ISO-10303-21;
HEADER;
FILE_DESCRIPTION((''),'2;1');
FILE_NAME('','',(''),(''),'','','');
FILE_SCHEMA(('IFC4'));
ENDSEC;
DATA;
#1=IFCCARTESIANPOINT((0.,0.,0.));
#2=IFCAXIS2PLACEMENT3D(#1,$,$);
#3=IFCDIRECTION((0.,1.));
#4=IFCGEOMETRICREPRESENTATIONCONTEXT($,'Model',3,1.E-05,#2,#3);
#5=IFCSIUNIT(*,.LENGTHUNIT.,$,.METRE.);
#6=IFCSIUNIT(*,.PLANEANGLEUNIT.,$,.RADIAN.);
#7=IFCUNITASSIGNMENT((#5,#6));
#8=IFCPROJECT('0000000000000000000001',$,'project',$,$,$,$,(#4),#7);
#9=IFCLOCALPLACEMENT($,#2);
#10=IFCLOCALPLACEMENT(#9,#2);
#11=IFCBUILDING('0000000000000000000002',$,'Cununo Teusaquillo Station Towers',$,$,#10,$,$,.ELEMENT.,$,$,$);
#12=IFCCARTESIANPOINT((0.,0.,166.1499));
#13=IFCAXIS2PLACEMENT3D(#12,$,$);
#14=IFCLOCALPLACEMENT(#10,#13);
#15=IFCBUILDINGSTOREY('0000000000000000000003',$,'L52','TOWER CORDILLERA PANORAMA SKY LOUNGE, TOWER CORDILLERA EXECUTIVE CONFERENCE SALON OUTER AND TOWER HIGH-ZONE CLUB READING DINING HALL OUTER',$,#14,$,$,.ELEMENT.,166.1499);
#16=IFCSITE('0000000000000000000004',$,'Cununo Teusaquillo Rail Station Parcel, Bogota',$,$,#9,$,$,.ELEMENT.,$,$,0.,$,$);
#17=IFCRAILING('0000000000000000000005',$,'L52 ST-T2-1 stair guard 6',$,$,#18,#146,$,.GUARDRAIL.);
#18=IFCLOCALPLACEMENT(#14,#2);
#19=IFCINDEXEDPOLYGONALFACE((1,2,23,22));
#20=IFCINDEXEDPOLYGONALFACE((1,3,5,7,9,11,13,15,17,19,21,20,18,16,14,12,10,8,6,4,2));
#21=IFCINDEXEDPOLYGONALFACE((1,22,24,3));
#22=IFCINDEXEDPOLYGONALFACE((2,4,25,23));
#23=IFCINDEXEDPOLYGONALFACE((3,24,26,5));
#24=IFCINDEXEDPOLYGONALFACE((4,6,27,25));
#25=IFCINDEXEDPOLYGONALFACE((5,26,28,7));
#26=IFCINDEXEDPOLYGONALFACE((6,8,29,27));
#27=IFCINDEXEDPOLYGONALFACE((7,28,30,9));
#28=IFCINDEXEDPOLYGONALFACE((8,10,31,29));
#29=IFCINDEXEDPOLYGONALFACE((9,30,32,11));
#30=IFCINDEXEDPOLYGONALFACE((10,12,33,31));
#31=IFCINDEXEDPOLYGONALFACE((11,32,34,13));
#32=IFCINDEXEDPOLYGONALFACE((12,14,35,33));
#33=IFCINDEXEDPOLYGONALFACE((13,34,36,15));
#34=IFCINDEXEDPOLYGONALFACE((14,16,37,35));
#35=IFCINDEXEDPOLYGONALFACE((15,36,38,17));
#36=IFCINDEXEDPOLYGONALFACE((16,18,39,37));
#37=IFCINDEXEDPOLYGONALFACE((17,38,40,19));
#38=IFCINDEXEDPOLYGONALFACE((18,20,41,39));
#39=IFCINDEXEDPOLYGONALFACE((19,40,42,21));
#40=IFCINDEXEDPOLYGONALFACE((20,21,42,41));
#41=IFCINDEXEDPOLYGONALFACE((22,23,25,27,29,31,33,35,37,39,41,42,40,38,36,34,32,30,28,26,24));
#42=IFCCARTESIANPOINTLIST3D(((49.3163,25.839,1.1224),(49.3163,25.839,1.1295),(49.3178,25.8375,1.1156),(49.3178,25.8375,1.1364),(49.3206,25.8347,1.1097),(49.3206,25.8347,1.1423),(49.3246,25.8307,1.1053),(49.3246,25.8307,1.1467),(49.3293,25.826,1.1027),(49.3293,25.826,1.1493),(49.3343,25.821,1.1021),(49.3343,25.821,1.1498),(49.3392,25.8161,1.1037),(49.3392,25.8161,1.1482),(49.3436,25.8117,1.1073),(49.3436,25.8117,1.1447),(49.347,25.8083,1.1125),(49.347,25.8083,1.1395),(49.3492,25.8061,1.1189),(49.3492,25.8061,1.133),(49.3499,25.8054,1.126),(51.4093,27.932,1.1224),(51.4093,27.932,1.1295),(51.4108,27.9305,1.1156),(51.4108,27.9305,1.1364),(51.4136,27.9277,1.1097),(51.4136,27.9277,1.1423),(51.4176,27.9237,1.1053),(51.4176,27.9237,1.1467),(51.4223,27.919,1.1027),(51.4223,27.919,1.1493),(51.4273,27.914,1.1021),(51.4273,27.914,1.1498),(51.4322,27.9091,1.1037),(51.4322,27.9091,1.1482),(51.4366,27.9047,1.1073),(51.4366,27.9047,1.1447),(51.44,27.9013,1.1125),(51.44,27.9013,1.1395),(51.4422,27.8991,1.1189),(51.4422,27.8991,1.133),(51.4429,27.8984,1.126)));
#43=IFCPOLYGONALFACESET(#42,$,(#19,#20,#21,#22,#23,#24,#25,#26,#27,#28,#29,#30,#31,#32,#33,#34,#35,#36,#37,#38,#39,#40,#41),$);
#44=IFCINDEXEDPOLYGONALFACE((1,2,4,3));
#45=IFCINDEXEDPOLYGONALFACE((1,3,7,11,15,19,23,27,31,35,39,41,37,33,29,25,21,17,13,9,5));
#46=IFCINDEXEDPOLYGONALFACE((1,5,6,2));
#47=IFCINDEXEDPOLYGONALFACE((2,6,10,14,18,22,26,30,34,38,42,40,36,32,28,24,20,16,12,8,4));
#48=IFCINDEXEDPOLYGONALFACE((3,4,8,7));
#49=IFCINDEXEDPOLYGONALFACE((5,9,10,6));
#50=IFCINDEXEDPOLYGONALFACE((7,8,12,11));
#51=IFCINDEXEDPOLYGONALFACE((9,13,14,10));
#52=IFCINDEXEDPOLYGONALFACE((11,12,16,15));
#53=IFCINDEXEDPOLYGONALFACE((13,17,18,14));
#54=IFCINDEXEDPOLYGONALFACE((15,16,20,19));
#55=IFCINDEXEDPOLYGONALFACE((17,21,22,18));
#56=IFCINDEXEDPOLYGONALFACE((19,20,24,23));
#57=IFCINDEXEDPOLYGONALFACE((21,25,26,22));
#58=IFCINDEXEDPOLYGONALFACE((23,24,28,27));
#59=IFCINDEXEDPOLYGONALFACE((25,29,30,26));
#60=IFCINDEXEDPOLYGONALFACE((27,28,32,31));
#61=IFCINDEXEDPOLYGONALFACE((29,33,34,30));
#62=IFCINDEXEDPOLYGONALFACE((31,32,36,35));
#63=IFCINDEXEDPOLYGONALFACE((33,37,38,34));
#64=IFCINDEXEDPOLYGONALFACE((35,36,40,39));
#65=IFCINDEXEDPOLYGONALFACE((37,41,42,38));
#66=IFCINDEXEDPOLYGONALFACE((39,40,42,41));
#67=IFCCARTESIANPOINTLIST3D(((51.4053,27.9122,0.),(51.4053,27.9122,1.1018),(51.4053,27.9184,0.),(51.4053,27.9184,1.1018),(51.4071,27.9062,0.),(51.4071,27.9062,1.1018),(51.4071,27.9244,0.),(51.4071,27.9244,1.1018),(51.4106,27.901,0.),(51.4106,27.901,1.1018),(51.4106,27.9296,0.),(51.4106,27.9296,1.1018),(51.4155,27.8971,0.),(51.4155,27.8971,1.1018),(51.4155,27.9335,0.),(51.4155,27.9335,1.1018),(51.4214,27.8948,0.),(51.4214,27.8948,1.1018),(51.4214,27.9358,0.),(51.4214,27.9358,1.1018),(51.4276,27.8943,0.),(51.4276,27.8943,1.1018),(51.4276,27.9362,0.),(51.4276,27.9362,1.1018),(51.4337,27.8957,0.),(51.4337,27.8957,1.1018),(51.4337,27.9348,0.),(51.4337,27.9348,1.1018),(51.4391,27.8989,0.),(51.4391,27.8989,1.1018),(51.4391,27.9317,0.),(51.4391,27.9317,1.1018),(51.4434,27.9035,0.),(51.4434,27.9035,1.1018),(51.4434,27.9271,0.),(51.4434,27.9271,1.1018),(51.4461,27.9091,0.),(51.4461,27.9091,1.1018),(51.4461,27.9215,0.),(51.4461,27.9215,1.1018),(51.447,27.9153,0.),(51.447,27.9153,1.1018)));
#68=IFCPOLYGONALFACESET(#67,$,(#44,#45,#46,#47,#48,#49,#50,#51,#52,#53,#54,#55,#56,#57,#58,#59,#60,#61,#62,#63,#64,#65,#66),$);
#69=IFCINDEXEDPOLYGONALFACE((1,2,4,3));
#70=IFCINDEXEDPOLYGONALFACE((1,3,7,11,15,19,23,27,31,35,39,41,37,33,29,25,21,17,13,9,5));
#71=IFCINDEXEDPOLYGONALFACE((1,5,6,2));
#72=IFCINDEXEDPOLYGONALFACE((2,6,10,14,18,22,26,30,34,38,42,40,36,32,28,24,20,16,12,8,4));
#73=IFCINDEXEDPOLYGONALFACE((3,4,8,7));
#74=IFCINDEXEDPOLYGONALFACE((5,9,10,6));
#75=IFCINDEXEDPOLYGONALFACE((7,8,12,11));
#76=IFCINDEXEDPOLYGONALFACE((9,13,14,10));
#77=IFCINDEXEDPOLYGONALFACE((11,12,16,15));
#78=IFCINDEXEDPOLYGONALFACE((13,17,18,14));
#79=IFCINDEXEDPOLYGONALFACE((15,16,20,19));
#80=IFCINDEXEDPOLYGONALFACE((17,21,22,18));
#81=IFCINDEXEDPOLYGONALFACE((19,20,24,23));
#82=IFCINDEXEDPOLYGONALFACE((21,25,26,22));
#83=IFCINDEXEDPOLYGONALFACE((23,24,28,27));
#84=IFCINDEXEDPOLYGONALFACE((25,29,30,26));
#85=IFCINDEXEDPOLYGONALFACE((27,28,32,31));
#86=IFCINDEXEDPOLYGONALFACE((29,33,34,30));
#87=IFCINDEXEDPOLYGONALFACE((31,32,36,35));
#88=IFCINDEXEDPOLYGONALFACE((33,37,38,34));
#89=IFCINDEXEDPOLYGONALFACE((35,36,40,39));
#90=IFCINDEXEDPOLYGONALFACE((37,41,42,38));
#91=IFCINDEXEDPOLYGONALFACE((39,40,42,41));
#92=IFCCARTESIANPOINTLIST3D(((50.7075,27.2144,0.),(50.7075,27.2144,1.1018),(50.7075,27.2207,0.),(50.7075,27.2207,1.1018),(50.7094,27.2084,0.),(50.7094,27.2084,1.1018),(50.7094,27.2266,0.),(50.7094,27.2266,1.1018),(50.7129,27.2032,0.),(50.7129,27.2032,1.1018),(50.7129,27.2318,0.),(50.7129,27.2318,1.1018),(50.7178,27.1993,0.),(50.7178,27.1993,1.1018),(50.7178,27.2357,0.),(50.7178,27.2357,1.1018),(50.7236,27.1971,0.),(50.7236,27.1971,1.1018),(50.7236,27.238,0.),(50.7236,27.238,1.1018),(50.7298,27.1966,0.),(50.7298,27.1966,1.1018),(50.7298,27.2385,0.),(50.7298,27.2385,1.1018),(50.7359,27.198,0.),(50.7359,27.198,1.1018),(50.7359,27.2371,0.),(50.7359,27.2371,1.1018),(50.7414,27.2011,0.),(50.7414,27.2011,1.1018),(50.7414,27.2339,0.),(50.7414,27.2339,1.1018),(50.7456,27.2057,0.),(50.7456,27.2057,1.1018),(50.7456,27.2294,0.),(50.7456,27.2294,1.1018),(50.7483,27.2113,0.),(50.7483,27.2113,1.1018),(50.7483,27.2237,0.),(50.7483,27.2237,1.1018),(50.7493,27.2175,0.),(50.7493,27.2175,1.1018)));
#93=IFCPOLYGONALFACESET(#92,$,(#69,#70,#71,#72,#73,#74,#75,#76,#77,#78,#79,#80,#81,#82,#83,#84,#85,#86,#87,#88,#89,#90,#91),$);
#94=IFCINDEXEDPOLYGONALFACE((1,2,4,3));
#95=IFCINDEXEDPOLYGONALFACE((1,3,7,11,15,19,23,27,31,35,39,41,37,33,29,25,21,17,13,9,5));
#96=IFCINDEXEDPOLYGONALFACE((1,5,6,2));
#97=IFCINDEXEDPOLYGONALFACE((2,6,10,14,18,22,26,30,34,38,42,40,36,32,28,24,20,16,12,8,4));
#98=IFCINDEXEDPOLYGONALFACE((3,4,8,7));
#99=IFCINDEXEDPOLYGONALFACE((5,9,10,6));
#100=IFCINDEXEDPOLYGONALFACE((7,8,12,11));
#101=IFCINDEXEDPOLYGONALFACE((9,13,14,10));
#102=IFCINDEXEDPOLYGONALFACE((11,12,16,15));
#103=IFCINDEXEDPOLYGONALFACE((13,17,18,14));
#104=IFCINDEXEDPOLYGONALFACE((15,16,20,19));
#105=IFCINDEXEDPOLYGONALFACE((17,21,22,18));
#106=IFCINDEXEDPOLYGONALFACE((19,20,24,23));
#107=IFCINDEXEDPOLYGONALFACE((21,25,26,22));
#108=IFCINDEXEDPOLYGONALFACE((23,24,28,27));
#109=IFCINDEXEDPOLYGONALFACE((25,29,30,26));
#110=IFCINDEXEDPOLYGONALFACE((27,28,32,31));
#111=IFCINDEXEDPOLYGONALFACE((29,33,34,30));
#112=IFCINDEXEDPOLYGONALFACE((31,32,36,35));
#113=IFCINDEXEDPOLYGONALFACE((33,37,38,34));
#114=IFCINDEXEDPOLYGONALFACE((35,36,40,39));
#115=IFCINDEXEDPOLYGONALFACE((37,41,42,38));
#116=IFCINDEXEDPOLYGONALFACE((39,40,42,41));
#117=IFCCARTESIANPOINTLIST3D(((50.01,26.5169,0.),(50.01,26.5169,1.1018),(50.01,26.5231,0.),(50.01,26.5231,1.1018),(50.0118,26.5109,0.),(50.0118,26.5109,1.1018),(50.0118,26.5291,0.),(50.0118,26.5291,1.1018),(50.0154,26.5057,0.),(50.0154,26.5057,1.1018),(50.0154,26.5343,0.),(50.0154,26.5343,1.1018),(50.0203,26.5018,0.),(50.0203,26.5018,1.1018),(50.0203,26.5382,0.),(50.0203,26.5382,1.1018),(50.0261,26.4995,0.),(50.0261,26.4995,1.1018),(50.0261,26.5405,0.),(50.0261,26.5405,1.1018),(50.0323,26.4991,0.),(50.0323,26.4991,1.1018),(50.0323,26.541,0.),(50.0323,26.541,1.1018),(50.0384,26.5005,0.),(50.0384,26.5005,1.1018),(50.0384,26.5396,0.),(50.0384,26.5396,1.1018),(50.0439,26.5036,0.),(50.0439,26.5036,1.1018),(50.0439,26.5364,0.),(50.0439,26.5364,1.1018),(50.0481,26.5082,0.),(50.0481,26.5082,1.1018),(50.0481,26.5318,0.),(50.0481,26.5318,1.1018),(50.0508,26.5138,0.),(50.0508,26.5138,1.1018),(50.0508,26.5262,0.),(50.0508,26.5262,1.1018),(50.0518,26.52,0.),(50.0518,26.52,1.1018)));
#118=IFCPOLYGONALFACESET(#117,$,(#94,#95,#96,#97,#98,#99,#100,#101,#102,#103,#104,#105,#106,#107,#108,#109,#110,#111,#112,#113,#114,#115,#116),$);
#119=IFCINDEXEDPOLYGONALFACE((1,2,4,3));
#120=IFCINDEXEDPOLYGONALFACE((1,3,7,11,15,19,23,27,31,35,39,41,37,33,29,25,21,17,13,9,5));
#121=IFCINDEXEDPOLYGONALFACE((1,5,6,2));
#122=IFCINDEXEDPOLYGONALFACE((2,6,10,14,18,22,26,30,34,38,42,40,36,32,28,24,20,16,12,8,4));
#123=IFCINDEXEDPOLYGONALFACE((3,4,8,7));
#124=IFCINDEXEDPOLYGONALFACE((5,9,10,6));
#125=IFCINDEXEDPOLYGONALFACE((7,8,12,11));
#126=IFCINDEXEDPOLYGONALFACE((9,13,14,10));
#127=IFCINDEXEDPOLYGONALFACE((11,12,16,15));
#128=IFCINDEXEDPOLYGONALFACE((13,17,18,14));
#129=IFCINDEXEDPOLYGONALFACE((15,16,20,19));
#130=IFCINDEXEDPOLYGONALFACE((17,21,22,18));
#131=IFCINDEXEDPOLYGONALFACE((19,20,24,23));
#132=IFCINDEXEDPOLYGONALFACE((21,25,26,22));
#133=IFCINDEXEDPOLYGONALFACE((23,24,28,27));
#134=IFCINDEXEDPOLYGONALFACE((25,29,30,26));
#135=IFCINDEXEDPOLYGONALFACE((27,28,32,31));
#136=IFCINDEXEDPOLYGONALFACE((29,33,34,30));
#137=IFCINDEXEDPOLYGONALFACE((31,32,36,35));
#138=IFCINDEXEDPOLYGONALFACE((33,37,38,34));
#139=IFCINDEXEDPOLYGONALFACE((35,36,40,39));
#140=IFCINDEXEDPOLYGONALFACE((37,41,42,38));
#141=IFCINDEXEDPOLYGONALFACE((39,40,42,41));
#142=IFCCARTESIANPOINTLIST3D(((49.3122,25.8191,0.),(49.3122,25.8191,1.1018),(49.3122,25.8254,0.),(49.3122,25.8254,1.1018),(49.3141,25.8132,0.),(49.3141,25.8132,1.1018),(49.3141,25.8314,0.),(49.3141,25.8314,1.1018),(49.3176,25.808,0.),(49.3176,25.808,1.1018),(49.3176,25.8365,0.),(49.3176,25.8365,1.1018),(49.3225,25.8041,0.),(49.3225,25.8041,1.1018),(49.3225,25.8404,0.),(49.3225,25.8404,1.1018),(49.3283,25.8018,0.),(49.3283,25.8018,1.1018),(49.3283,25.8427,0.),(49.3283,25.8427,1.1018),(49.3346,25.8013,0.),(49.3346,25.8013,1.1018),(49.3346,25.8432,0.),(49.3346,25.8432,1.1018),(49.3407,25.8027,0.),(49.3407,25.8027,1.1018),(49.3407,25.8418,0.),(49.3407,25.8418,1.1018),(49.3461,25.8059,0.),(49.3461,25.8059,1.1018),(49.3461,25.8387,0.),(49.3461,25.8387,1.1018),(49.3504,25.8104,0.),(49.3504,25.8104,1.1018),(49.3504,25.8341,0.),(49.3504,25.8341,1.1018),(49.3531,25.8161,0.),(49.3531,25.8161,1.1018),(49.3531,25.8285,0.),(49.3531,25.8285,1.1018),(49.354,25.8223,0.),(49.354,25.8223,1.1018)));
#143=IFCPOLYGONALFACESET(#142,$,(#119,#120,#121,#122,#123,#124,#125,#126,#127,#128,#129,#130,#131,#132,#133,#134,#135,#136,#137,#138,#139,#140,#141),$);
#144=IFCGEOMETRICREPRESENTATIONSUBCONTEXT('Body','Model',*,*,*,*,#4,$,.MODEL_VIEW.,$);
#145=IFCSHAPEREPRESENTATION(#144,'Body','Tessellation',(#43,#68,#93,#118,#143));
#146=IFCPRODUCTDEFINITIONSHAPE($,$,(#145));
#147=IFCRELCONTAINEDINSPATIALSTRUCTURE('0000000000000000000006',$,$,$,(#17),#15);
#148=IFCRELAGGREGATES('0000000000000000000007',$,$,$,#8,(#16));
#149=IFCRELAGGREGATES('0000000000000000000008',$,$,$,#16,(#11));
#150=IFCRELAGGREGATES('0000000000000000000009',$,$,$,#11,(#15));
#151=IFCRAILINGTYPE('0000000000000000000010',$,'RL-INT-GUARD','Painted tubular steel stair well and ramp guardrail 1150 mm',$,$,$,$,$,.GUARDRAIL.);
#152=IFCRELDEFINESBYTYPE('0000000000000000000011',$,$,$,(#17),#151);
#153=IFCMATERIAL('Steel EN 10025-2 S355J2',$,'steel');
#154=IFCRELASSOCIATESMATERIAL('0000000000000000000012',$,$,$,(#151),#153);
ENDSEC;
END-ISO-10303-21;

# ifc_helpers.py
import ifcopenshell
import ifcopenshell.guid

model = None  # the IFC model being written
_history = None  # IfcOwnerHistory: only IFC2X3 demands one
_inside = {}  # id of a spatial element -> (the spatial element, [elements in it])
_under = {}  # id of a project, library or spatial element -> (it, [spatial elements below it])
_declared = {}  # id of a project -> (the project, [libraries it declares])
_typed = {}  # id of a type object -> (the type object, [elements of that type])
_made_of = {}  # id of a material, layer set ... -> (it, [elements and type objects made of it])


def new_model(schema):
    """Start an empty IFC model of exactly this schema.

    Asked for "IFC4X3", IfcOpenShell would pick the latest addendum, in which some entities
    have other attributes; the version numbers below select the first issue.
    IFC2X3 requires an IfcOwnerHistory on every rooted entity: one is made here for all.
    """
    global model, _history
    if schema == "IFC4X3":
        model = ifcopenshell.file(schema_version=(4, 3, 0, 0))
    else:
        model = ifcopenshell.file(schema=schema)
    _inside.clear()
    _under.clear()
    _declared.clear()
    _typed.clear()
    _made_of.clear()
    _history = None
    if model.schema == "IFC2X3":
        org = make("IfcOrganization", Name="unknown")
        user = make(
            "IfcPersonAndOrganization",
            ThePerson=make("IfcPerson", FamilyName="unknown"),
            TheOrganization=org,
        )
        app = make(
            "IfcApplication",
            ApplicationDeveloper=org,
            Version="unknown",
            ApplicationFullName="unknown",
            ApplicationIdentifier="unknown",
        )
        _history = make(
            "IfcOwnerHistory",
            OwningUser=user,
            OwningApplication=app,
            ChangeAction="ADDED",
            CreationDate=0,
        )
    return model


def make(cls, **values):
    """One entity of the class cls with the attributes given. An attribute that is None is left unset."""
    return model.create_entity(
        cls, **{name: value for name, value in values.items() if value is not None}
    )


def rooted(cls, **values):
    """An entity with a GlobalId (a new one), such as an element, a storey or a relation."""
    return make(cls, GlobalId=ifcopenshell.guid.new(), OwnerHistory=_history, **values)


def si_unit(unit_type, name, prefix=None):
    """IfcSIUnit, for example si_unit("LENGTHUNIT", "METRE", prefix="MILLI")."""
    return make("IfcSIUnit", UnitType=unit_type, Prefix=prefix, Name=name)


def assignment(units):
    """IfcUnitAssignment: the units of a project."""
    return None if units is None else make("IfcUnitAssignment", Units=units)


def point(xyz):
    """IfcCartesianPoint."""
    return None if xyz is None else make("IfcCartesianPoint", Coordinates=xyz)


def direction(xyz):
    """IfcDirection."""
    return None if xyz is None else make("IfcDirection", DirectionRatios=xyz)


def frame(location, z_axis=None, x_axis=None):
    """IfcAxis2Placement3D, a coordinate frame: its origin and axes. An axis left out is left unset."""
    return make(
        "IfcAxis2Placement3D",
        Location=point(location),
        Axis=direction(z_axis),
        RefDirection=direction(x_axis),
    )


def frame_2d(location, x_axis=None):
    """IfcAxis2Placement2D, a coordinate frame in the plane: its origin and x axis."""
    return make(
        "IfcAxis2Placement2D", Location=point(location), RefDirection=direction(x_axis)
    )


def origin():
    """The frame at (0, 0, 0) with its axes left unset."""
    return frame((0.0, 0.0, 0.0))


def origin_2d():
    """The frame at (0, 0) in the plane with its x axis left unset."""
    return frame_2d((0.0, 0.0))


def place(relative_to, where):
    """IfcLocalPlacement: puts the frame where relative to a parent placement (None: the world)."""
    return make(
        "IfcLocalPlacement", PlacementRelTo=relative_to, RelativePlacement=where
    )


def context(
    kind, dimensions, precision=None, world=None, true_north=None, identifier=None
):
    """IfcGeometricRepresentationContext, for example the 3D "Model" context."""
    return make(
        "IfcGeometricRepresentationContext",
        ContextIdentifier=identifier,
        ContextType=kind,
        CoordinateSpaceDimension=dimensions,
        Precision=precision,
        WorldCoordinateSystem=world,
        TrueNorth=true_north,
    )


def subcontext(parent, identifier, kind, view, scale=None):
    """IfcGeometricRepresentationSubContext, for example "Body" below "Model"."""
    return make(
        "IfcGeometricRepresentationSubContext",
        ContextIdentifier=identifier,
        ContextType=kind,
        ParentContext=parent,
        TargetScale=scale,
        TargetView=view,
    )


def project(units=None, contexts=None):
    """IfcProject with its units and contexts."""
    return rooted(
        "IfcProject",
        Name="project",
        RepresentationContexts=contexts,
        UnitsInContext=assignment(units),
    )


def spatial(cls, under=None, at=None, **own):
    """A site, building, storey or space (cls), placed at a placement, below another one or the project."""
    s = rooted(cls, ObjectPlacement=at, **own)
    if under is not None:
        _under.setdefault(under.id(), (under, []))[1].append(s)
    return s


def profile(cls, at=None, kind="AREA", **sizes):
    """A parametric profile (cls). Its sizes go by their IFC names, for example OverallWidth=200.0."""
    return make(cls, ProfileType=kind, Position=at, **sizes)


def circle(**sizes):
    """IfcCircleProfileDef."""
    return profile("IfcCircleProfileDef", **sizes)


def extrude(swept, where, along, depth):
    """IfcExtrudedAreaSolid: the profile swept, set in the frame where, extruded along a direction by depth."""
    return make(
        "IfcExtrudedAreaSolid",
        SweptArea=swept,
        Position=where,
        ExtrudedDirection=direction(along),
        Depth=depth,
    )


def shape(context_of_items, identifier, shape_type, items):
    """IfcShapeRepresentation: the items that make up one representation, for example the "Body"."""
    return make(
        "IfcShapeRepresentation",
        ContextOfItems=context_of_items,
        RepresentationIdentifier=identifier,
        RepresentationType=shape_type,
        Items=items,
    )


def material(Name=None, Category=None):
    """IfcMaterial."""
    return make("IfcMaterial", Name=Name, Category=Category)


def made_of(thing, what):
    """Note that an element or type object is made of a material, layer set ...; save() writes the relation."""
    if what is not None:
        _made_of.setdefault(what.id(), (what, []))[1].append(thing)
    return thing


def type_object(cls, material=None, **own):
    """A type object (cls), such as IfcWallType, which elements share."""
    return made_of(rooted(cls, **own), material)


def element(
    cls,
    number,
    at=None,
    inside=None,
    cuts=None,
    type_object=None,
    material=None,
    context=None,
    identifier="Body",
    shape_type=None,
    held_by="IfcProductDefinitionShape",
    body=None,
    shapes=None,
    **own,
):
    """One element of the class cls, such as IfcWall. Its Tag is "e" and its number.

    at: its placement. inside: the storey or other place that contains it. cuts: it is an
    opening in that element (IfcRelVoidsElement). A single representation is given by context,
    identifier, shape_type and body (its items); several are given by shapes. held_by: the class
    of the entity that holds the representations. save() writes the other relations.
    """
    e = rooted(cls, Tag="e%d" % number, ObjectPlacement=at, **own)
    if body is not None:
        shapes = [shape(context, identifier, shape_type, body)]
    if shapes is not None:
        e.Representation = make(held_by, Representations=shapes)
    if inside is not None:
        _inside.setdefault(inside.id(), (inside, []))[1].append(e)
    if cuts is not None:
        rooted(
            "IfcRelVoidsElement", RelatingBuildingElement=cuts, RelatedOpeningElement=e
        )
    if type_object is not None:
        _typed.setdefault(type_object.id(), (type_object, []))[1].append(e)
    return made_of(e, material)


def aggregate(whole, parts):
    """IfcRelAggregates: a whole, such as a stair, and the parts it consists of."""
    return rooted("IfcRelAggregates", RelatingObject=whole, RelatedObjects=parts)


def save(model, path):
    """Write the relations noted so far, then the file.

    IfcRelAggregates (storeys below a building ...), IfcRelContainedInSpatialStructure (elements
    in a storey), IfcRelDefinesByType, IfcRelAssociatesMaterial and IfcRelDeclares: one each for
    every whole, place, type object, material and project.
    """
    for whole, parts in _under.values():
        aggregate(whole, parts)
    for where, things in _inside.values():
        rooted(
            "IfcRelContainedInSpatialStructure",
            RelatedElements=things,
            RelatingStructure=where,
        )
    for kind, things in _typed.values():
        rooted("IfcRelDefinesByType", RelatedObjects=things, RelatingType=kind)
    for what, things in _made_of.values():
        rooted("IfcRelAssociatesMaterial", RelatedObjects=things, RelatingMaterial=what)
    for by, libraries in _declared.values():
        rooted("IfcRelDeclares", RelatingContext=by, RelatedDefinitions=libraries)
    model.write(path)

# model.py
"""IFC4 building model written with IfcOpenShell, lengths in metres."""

from ifc_helpers import new_model, si_unit, direction, frame, origin, origin_2d, place, context, subcontext, project, spatial, circle, extrude, material, type_object, element, save


model = new_model("IFC4")

# Units and contexts
model_context = context("Model", 3, precision=1e-05, world=origin(), true_north=direction((0.0, 1.0)))
body_context = subcontext(model_context, "Body", "Model", "MODEL_VIEW")
ifc_project = project(units=[si_unit("LENGTHUNIT", "METRE"), si_unit("PLANEANGLEUNIT", "RADIAN")], contexts=[model_context])

# Site, building, storey
site_placement = place(None, origin())
site = spatial("IfcSite", under=ifc_project, at=site_placement, Name="Cununo Teusaquillo Rail Station Parcel, Bogota", CompositionType="ELEMENT", RefElevation=0.0)
building_placement = place(site_placement, origin())
building = spatial("IfcBuilding", under=site, at=building_placement, Name="Cununo Teusaquillo Station Towers", CompositionType="ELEMENT")
storey_placement = place(building_placement, frame((0.0, 0.0, 166.1499)))
storey = spatial("IfcBuildingStorey", under=building, at=storey_placement, Name="L52", Description="TOWER CORDILLERA PANORAMA SKY LOUNGE, TOWER CORDILLERA EXECUTIVE CONFERENCE SALON OUTER AND TOWER HIGH-ZONE CLUB READING DINING HALL OUTER", CompositionType="ELEMENT", Elevation=166.1499)

# Railing
ifc_material_1 = material(Name="Steel EN 10025-2 S355J2", Category="steel")
railing_type = type_object("IfcRailingType", Name="RL-INT-GUARD", Description="Painted tubular steel stair well and ramp guardrail 1150 mm", PredefinedType="GUARDRAIL", material=ifc_material_1)
railing_placement = place(storey_placement, frame((51.426, 27.9153, 0.0)))
element("IfcRailing", 1, at=railing_placement, inside=storey, type_object=railing_type, Name="L52 ST-T2-1 stair guard 6", PredefinedType="GUARDRAIL", context=body_context, shape_type="SweptSolid", body=[
    extrude(circle(Radius=0.0239, at=origin_2d()), frame((0.0, 0.0, 1.126), z_axis=(-0.707107, -0.707107, 0.0), x_axis=(0.707107, -0.707107, 0.0)), (0.0, 0.0, 1.0), 2.96),
    extrude(circle(Radius=0.021, at=origin_2d()), origin(), (0.0, 0.0, 1.0), 1.1018),
    extrude(circle(Radius=0.021, at=origin_2d()), frame((-0.6978, -0.6978, 0.0)), (0.0, 0.0, 1.0), 1.1018),
    extrude(circle(Radius=0.021, at=origin_2d()), frame((-1.3953, -1.3953, 0.0)), (0.0, 0.0, 1.0), 1.1018),
    extrude(circle(Radius=0.021, at=origin_2d()), frame((-2.093, -2.093, 0.0)), (0.0, 0.0, 1.0), 1.1018),
])

save(model, "model.ifc")
